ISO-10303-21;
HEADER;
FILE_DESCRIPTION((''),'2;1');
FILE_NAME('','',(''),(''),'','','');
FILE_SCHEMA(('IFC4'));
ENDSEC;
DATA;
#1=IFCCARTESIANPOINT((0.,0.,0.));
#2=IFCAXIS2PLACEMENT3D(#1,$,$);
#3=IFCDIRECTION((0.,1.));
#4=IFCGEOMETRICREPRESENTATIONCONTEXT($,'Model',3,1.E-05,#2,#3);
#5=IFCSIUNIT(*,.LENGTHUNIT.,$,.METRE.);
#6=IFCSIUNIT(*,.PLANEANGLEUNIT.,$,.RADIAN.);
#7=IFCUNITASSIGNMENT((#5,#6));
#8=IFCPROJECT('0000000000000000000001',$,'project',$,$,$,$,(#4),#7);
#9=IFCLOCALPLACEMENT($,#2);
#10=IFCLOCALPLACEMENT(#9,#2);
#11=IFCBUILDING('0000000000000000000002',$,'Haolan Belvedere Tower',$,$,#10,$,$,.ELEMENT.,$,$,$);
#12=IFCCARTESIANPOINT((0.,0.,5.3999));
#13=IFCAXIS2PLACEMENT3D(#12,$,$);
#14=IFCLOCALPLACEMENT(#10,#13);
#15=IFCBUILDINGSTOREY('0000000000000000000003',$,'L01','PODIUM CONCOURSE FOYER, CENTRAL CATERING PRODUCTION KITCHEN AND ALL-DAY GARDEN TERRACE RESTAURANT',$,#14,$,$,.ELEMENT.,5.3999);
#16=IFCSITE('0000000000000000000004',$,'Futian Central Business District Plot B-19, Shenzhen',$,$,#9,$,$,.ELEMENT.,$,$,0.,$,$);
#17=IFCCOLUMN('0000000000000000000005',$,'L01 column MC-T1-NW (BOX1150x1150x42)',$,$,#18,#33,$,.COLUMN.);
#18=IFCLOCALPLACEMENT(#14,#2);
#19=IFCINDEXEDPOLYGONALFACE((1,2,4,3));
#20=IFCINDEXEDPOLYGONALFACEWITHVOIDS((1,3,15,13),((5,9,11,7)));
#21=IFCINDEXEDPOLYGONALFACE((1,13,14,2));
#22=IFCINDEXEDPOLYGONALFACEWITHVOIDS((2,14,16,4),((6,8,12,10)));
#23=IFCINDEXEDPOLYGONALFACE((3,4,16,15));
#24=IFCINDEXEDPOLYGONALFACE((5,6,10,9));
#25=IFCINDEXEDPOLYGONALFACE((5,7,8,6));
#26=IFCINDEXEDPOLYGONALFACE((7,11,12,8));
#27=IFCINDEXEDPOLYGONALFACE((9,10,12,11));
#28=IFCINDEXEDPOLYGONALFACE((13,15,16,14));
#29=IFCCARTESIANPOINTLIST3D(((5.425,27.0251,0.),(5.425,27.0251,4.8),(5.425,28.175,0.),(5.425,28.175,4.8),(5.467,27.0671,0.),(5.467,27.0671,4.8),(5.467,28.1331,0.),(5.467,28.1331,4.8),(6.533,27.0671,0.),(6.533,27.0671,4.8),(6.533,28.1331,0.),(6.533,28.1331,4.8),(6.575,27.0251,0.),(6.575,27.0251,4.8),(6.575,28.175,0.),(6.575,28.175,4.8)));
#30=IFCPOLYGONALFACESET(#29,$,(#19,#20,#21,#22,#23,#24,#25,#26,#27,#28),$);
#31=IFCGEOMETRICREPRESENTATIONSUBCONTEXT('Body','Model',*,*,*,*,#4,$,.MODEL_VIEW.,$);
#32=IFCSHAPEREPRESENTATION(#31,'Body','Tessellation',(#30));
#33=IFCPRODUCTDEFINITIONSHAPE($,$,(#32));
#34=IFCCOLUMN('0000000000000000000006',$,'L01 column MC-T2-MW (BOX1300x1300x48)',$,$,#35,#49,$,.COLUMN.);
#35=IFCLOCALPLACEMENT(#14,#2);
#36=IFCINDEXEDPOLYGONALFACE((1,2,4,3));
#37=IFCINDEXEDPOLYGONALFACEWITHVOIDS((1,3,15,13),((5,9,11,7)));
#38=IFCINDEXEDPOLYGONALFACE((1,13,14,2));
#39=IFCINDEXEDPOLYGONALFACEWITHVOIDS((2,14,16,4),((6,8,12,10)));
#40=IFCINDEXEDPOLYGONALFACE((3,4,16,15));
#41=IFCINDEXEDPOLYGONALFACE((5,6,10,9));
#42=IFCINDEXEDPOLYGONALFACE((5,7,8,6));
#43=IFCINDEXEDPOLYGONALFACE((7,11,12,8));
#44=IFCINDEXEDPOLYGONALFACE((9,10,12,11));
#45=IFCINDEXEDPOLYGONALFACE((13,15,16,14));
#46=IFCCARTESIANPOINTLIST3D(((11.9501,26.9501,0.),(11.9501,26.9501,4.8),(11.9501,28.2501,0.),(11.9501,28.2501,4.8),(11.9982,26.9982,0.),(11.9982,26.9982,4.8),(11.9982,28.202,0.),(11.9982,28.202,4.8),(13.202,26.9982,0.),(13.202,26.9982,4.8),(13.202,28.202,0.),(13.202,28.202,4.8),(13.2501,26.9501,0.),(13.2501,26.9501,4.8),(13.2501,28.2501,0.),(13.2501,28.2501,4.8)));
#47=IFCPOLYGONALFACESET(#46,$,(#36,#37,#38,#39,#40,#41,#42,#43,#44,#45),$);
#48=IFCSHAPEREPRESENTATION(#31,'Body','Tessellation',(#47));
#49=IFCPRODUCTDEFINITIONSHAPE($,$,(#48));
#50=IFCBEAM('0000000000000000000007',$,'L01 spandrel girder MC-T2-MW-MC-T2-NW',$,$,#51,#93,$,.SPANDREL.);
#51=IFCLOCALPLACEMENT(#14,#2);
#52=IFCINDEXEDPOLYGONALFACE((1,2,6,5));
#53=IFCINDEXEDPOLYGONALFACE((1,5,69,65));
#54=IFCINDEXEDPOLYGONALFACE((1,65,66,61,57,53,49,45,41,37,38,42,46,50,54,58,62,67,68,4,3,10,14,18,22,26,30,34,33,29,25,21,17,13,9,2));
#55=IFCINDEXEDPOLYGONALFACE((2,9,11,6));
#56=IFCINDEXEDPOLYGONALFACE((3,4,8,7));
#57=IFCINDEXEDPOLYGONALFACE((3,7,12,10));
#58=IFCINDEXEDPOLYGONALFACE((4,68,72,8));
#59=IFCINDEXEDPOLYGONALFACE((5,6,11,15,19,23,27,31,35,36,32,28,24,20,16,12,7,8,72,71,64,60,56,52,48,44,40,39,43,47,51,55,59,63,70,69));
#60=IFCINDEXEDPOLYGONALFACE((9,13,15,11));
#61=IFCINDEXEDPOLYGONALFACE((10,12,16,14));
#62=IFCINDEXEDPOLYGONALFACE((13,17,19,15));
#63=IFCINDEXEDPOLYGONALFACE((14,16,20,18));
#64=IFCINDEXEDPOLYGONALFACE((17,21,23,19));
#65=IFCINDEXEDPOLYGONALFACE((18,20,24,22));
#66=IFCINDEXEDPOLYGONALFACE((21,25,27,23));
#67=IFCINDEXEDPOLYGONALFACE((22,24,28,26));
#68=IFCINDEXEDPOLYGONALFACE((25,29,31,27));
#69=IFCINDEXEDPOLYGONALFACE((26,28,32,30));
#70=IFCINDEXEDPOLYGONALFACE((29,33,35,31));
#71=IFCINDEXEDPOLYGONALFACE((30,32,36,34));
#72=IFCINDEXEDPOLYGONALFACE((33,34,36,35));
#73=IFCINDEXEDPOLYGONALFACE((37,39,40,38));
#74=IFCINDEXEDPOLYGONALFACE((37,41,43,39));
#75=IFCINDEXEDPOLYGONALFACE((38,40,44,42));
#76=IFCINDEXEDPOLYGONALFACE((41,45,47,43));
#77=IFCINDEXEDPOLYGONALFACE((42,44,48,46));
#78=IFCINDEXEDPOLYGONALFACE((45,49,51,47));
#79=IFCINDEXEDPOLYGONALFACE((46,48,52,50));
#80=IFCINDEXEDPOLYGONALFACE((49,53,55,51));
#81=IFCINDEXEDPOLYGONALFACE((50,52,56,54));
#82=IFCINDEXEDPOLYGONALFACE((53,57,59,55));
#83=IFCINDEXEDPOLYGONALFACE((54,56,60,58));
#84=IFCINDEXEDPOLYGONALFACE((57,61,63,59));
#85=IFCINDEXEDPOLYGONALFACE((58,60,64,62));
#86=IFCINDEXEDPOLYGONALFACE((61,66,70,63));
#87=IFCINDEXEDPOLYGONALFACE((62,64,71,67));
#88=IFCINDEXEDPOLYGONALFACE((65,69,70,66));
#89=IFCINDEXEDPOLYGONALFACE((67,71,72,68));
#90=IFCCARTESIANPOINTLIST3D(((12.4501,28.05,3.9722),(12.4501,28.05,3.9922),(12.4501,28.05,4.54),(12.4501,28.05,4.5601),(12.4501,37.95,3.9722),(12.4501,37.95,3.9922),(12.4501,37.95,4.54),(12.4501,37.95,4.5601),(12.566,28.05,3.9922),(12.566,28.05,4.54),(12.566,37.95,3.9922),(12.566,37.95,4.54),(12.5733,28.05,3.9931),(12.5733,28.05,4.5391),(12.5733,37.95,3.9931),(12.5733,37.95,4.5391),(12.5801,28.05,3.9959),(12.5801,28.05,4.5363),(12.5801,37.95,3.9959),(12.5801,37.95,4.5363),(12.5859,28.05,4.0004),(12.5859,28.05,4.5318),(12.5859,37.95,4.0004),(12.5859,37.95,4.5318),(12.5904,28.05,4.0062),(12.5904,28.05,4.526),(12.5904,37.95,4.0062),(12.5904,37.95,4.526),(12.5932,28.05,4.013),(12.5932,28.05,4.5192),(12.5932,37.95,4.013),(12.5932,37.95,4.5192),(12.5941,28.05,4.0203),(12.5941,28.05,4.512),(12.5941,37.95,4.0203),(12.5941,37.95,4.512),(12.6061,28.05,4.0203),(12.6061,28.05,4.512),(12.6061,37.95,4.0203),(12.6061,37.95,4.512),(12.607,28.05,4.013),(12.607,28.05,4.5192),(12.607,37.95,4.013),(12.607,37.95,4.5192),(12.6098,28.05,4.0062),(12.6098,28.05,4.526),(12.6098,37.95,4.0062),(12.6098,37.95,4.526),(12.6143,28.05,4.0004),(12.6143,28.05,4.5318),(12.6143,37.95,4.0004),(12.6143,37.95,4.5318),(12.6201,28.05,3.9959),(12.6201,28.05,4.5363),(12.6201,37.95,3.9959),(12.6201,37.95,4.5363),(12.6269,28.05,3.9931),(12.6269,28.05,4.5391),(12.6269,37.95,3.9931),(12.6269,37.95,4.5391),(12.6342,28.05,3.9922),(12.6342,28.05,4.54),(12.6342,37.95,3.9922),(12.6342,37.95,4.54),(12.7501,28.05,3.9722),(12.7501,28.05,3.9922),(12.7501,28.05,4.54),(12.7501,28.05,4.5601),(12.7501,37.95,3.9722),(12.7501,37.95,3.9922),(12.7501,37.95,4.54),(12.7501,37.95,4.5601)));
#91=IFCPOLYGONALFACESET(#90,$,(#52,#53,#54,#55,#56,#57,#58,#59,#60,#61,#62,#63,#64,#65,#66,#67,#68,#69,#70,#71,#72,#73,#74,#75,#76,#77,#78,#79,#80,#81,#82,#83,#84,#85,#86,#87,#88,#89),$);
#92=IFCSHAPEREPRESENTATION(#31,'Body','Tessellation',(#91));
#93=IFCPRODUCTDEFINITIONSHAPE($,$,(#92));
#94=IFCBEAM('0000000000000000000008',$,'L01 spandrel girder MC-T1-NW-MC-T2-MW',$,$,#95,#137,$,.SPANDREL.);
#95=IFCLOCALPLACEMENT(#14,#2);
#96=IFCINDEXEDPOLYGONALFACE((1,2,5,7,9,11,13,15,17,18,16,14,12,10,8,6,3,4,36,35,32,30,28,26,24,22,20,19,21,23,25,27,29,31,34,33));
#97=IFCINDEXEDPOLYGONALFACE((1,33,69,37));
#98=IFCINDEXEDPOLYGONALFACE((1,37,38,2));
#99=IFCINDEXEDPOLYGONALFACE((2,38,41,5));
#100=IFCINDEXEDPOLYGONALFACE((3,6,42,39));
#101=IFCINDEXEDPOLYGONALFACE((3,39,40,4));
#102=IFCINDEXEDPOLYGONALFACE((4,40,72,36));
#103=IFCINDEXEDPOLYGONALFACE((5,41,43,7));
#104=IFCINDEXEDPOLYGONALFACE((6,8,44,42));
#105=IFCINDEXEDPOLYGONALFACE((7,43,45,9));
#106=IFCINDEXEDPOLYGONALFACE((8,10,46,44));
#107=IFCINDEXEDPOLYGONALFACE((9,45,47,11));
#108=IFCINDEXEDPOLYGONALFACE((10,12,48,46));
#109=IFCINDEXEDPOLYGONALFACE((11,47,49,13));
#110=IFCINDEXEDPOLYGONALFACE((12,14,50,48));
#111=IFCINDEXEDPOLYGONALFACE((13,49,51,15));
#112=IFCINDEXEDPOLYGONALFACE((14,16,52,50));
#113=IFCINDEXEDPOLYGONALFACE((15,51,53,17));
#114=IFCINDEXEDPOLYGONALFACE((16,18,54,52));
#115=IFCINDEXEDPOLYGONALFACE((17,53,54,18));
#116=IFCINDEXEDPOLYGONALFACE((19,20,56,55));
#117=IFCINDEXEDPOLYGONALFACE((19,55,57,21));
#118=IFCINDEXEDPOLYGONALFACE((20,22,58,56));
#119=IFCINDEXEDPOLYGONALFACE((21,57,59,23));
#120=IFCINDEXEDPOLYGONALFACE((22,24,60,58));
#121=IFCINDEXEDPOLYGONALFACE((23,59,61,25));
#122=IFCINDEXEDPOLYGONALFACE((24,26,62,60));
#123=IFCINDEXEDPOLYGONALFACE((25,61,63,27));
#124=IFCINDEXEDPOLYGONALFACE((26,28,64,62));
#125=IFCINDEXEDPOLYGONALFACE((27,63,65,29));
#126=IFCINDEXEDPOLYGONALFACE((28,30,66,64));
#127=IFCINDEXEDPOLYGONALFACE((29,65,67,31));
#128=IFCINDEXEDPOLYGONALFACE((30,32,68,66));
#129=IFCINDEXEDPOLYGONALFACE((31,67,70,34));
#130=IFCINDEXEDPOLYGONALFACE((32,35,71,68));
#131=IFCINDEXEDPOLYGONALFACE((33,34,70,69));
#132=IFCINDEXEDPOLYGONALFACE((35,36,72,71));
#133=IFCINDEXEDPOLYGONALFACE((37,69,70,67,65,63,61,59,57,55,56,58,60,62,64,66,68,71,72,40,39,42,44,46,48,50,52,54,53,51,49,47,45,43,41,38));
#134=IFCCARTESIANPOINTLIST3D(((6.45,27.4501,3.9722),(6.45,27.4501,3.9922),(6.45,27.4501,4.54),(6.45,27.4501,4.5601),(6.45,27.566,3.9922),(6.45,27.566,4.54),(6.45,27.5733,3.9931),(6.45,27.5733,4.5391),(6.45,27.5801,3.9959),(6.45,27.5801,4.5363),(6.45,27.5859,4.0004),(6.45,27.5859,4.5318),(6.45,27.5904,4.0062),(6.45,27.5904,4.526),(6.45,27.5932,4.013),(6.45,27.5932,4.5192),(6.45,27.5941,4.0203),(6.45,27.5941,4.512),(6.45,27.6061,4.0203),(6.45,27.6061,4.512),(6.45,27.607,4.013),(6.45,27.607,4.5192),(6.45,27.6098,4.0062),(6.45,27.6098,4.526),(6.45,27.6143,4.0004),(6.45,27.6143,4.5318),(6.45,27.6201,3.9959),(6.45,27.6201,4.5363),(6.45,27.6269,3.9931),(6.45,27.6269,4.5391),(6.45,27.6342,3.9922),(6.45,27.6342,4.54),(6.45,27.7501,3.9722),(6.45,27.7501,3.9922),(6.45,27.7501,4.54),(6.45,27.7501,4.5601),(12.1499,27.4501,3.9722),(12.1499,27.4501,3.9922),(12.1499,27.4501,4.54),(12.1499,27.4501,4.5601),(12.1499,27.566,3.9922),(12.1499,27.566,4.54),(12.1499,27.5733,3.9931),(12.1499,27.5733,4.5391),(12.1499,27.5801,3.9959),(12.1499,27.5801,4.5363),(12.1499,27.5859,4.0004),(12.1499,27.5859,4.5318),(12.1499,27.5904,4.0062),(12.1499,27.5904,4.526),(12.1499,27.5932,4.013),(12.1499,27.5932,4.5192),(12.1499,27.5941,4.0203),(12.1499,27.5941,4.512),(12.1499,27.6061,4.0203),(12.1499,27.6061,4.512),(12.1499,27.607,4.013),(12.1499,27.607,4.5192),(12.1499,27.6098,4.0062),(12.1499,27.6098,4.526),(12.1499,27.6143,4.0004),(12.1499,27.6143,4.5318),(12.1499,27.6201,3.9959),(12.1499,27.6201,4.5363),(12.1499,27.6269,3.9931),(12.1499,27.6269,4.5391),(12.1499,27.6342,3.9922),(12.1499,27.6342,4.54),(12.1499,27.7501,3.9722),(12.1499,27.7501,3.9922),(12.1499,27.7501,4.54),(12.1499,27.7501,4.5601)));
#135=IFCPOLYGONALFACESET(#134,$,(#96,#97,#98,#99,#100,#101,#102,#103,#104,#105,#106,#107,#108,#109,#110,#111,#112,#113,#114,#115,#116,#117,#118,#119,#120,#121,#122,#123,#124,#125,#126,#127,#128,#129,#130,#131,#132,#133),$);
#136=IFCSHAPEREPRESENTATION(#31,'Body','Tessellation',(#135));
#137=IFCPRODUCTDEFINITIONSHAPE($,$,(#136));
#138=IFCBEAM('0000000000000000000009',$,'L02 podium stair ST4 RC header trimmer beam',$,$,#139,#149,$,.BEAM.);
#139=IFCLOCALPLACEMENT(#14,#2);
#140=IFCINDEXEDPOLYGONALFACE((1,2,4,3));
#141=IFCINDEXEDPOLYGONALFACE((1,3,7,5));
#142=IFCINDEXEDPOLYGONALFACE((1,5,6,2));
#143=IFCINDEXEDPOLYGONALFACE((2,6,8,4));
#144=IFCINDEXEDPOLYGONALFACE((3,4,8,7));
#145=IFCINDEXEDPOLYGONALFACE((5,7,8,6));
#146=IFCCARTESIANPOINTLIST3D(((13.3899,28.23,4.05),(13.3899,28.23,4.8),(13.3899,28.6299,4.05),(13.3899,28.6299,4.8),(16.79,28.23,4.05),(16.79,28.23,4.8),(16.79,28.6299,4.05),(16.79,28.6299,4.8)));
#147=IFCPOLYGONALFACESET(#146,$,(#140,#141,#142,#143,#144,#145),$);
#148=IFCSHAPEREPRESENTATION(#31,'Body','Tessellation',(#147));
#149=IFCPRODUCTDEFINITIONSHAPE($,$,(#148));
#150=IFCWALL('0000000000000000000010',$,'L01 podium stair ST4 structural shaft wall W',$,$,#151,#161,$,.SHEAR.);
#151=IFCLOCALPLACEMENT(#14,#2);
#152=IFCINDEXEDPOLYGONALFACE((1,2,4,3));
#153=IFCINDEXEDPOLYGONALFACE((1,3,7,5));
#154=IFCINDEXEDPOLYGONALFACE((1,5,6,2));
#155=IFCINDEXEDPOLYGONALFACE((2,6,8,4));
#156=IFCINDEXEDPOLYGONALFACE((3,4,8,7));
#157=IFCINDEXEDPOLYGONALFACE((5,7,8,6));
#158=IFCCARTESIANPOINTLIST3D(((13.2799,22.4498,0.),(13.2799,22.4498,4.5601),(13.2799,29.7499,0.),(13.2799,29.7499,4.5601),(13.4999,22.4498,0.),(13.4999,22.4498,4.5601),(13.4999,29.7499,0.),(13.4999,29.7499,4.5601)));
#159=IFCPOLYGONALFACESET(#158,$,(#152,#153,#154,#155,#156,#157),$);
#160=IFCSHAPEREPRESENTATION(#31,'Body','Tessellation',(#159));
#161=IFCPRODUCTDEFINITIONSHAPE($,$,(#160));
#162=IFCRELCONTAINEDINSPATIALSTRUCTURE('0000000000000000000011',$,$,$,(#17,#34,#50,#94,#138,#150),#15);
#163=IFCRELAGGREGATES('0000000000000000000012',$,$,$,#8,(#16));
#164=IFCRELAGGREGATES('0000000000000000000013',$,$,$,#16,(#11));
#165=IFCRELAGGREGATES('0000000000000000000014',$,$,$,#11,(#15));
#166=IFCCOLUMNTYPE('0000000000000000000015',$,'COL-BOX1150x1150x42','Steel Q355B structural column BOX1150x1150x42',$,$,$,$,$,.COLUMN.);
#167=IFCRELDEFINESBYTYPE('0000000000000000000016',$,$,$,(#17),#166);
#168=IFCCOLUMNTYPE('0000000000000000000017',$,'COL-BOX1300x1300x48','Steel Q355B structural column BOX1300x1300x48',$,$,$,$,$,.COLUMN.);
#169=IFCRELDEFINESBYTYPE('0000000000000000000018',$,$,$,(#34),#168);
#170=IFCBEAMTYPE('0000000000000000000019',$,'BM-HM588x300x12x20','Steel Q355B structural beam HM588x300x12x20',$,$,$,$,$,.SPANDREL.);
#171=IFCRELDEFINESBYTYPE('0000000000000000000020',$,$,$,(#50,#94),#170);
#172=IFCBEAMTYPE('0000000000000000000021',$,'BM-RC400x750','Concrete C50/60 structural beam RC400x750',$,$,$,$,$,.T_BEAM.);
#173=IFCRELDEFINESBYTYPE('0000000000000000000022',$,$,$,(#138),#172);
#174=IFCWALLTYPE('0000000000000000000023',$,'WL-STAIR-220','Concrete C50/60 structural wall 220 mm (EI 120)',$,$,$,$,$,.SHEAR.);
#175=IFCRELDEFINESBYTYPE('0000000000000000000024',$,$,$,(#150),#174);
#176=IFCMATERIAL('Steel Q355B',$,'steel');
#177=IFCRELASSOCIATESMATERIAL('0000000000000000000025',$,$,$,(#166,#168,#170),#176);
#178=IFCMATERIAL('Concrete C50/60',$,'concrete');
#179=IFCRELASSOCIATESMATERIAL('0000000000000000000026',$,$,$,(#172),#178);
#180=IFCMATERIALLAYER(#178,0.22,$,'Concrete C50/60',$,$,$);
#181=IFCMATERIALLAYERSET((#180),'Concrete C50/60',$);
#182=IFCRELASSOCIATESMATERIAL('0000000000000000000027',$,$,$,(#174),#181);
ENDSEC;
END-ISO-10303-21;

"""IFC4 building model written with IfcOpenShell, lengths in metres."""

from ifc_helpers import new_model, si_unit, direction, frame, frame_2d, origin, origin_2d, place, context, subcontext, project, spatial, rectangle, hollow_rectangle, i_section, extrude, material, layer, layer_set, material_profile, profile_set, type_object, element, save


model = new_model("IFC4")

# Units and contexts
model_context = context("Model", 3, precision=1e-05, world=origin(), true_north=direction((0.0, 1.0)))
body_context = subcontext(model_context, "Body", "Model", "MODEL_VIEW")
ifc_project = project(units=[si_unit("LENGTHUNIT", "METRE"), si_unit("PLANEANGLEUNIT", "RADIAN")], contexts=[model_context])

# Site, building, storey
site_placement = place(None, origin())
site = spatial("IfcSite", under=ifc_project, at=site_placement, Name="Futian Central Business District Plot B-19, Shenzhen", CompositionType="ELEMENT", RefElevation=0.0)
building_placement = place(site_placement, origin())
building = spatial("IfcBuilding", under=site, at=building_placement, Name="Haolan Belvedere Tower", CompositionType="ELEMENT")
storey_placement = place(building_placement, frame((0.0, 0.0, 5.3999)))
storey = spatial("IfcBuildingStorey", under=building, at=storey_placement, Name="L01", Description="PODIUM CONCOURSE FOYER, CENTRAL CATERING PRODUCTION KITCHEN AND ALL-DAY GARDEN TERRACE RESTAURANT", CompositionType="ELEMENT", Elevation=5.3999)

# Columns
ifc_material_1 = material(Name="Steel Q355B", Category="steel")
ifc_material_profile_1 = material_profile(ifc_material_1, hollow_rectangle(XDim=1.1499, YDim=1.1499, WallThickness=0.042, at=origin_2d()), Name="Steel Q355B")
ifc_profile_set_1 = profile_set([ifc_material_profile_1], Name="Steel Q355B")
column_type_1 = type_object("IfcColumnType", Name="COL-BOX1150x1150x42", Description="Steel Q355B structural column BOX1150x1150x42", PredefinedType="COLUMN", material=ifc_profile_set_1)
column_1_placement = place(storey_placement, frame((6.0, 27.6001, 0.0), z_axis=(0.0, 0.0, 1.0), x_axis=(1.0, 0.0, 0.0)))
element("IfcColumn", 1, at=column_1_placement, inside=storey, type_object=column_type_1, Name="L01 column MC-T1-NW (BOX1150x1150x42)", PredefinedType="COLUMN", context=body_context, shape_type="SweptSolid", body=[
    extrude(hollow_rectangle(XDim=1.1499, YDim=1.1499, WallThickness=0.042, at=origin_2d()), origin(), (0.0, 0.0, 1.0), 4.8),
])
ifc_material_profile_2 = material_profile(ifc_material_1, hollow_rectangle(XDim=1.3, YDim=1.3, WallThickness=0.0481, at=origin_2d()), Name="Steel Q355B")
ifc_profile_set_2 = profile_set([ifc_material_profile_2], Name="Steel Q355B")
column_type_2 = type_object("IfcColumnType", Name="COL-BOX1300x1300x48", Description="Steel Q355B structural column BOX1300x1300x48", PredefinedType="COLUMN", material=ifc_profile_set_2)
column_2_placement = place(storey_placement, frame((12.6001, 27.6001, 0.0), z_axis=(0.0, 0.0, 1.0), x_axis=(1.0, 0.0, 0.0)))
element("IfcColumn", 2, at=column_2_placement, inside=storey, type_object=column_type_2, Name="L01 column MC-T2-MW (BOX1300x1300x48)", PredefinedType="COLUMN", context=body_context, shape_type="SweptSolid", body=[
    extrude(hollow_rectangle(XDim=1.3, YDim=1.3, WallThickness=0.0481, at=origin_2d()), origin(), (0.0, 0.0, 1.0), 4.8),
])

# Beams
ifc_material_profile_3 = material_profile(ifc_material_1, i_section(OverallWidth=0.3, OverallDepth=0.5879, WebThickness=0.012, FlangeThickness=0.02, FilletRadius=0.0281, at=origin_2d()), Name="Steel Q355B")
ifc_profile_set_3 = profile_set([ifc_material_profile_3], Name="Steel Q355B")
beam_type_1 = type_object("IfcBeamType", Name="BM-HM588x300x12x20", Description="Steel Q355B structural beam HM588x300x12x20", PredefinedType="SPANDREL", material=ifc_profile_set_3)
beam_1_placement = place(storey_placement, frame((12.6001, 28.05, 4.2661), z_axis=(0.0, 1.0, 0.0), x_axis=(-1.0, 0.0, 0.0)))
element("IfcBeam", 3, at=beam_1_placement, inside=storey, type_object=beam_type_1, Name="L01 spandrel girder MC-T2-MW-MC-T2-NW", PredefinedType="SPANDREL", context=body_context, shape_type="SweptSolid", body=[
    extrude(i_section(OverallWidth=0.3, OverallDepth=0.5879, WebThickness=0.012, FlangeThickness=0.02, FilletRadius=0.0281, at=origin_2d()), origin(), (0.0, 0.0, 1.0), 9.8999),
])
beam_2_placement = place(storey_placement, frame((6.45, 27.6001, 4.2661), z_axis=(1.0, 0.0, 0.0), x_axis=(0.0, 1.0, 0.0)))
element("IfcBeam", 4, at=beam_2_placement, inside=storey, type_object=beam_type_1, Name="L01 spandrel girder MC-T1-NW-MC-T2-MW", PredefinedType="SPANDREL", context=body_context, shape_type="SweptSolid", body=[
    extrude(i_section(OverallWidth=0.3, OverallDepth=0.5879, WebThickness=0.012, FlangeThickness=0.02, FilletRadius=0.0281, at=origin_2d()), origin(), (0.0, 0.0, 1.0), 5.7),
])
ifc_material_2 = material(Name="Concrete C50/60", Category="concrete")
ifc_material_profile_4 = material_profile(ifc_material_2, rectangle(XDim=0.3999, YDim=0.75, at=origin_2d()), Name="Concrete C50/60")
ifc_profile_set_4 = profile_set([ifc_material_profile_4], Name="Concrete C50/60")
beam_type_2 = type_object("IfcBeamType", Name="BM-RC400x750", Description="Concrete C50/60 structural beam RC400x750", PredefinedType="T_BEAM", material=ifc_profile_set_4)
beam_3_placement = place(storey_placement, frame((13.3899, 28.4299, 4.425), z_axis=(1.0, 0.0, 0.0), x_axis=(0.0, 1.0, 0.0)))
element("IfcBeam", 5, at=beam_3_placement, inside=storey, type_object=beam_type_2, Name="L02 podium stair ST4 RC header trimmer beam", PredefinedType="BEAM", context=body_context, shape_type="SweptSolid", body=[
    extrude(rectangle(XDim=0.3999, YDim=0.75, at=origin_2d()), origin(), (0.0, 0.0, 1.0), 3.4001),
])

# Shared definitions
ifc_layer = layer(ifc_material_2, 0.22, Name="Concrete C50/60")
ifc_layer_set = layer_set([ifc_layer], Name="Concrete C50/60")
wall_type = type_object("IfcWallType", Name="WL-STAIR-220", Description="Concrete C50/60 structural wall 220 mm (EI 120)", PredefinedType="SHEAR", material=ifc_layer_set)

# Wall
wall_1_placement = place(storey_placement, frame((13.3899, 22.45, 0.0), z_axis=(0.0, 0.0, 1.0), x_axis=(0.0, 1.0, 0.0)))
element("IfcWall", 6, at=wall_1_placement, inside=storey, type_object=wall_type, Name="L01 podium stair ST4 structural shaft wall W", PredefinedType="SHEAR", context=body_context, shape_type="SweptSolid", body=[
    extrude(rectangle(XDim=7.3, YDim=0.22, at=frame_2d((3.6499, 0.0))), origin(), (0.0, 0.0, 1.0), 4.5601),
])

save(model, "model.ifc")
